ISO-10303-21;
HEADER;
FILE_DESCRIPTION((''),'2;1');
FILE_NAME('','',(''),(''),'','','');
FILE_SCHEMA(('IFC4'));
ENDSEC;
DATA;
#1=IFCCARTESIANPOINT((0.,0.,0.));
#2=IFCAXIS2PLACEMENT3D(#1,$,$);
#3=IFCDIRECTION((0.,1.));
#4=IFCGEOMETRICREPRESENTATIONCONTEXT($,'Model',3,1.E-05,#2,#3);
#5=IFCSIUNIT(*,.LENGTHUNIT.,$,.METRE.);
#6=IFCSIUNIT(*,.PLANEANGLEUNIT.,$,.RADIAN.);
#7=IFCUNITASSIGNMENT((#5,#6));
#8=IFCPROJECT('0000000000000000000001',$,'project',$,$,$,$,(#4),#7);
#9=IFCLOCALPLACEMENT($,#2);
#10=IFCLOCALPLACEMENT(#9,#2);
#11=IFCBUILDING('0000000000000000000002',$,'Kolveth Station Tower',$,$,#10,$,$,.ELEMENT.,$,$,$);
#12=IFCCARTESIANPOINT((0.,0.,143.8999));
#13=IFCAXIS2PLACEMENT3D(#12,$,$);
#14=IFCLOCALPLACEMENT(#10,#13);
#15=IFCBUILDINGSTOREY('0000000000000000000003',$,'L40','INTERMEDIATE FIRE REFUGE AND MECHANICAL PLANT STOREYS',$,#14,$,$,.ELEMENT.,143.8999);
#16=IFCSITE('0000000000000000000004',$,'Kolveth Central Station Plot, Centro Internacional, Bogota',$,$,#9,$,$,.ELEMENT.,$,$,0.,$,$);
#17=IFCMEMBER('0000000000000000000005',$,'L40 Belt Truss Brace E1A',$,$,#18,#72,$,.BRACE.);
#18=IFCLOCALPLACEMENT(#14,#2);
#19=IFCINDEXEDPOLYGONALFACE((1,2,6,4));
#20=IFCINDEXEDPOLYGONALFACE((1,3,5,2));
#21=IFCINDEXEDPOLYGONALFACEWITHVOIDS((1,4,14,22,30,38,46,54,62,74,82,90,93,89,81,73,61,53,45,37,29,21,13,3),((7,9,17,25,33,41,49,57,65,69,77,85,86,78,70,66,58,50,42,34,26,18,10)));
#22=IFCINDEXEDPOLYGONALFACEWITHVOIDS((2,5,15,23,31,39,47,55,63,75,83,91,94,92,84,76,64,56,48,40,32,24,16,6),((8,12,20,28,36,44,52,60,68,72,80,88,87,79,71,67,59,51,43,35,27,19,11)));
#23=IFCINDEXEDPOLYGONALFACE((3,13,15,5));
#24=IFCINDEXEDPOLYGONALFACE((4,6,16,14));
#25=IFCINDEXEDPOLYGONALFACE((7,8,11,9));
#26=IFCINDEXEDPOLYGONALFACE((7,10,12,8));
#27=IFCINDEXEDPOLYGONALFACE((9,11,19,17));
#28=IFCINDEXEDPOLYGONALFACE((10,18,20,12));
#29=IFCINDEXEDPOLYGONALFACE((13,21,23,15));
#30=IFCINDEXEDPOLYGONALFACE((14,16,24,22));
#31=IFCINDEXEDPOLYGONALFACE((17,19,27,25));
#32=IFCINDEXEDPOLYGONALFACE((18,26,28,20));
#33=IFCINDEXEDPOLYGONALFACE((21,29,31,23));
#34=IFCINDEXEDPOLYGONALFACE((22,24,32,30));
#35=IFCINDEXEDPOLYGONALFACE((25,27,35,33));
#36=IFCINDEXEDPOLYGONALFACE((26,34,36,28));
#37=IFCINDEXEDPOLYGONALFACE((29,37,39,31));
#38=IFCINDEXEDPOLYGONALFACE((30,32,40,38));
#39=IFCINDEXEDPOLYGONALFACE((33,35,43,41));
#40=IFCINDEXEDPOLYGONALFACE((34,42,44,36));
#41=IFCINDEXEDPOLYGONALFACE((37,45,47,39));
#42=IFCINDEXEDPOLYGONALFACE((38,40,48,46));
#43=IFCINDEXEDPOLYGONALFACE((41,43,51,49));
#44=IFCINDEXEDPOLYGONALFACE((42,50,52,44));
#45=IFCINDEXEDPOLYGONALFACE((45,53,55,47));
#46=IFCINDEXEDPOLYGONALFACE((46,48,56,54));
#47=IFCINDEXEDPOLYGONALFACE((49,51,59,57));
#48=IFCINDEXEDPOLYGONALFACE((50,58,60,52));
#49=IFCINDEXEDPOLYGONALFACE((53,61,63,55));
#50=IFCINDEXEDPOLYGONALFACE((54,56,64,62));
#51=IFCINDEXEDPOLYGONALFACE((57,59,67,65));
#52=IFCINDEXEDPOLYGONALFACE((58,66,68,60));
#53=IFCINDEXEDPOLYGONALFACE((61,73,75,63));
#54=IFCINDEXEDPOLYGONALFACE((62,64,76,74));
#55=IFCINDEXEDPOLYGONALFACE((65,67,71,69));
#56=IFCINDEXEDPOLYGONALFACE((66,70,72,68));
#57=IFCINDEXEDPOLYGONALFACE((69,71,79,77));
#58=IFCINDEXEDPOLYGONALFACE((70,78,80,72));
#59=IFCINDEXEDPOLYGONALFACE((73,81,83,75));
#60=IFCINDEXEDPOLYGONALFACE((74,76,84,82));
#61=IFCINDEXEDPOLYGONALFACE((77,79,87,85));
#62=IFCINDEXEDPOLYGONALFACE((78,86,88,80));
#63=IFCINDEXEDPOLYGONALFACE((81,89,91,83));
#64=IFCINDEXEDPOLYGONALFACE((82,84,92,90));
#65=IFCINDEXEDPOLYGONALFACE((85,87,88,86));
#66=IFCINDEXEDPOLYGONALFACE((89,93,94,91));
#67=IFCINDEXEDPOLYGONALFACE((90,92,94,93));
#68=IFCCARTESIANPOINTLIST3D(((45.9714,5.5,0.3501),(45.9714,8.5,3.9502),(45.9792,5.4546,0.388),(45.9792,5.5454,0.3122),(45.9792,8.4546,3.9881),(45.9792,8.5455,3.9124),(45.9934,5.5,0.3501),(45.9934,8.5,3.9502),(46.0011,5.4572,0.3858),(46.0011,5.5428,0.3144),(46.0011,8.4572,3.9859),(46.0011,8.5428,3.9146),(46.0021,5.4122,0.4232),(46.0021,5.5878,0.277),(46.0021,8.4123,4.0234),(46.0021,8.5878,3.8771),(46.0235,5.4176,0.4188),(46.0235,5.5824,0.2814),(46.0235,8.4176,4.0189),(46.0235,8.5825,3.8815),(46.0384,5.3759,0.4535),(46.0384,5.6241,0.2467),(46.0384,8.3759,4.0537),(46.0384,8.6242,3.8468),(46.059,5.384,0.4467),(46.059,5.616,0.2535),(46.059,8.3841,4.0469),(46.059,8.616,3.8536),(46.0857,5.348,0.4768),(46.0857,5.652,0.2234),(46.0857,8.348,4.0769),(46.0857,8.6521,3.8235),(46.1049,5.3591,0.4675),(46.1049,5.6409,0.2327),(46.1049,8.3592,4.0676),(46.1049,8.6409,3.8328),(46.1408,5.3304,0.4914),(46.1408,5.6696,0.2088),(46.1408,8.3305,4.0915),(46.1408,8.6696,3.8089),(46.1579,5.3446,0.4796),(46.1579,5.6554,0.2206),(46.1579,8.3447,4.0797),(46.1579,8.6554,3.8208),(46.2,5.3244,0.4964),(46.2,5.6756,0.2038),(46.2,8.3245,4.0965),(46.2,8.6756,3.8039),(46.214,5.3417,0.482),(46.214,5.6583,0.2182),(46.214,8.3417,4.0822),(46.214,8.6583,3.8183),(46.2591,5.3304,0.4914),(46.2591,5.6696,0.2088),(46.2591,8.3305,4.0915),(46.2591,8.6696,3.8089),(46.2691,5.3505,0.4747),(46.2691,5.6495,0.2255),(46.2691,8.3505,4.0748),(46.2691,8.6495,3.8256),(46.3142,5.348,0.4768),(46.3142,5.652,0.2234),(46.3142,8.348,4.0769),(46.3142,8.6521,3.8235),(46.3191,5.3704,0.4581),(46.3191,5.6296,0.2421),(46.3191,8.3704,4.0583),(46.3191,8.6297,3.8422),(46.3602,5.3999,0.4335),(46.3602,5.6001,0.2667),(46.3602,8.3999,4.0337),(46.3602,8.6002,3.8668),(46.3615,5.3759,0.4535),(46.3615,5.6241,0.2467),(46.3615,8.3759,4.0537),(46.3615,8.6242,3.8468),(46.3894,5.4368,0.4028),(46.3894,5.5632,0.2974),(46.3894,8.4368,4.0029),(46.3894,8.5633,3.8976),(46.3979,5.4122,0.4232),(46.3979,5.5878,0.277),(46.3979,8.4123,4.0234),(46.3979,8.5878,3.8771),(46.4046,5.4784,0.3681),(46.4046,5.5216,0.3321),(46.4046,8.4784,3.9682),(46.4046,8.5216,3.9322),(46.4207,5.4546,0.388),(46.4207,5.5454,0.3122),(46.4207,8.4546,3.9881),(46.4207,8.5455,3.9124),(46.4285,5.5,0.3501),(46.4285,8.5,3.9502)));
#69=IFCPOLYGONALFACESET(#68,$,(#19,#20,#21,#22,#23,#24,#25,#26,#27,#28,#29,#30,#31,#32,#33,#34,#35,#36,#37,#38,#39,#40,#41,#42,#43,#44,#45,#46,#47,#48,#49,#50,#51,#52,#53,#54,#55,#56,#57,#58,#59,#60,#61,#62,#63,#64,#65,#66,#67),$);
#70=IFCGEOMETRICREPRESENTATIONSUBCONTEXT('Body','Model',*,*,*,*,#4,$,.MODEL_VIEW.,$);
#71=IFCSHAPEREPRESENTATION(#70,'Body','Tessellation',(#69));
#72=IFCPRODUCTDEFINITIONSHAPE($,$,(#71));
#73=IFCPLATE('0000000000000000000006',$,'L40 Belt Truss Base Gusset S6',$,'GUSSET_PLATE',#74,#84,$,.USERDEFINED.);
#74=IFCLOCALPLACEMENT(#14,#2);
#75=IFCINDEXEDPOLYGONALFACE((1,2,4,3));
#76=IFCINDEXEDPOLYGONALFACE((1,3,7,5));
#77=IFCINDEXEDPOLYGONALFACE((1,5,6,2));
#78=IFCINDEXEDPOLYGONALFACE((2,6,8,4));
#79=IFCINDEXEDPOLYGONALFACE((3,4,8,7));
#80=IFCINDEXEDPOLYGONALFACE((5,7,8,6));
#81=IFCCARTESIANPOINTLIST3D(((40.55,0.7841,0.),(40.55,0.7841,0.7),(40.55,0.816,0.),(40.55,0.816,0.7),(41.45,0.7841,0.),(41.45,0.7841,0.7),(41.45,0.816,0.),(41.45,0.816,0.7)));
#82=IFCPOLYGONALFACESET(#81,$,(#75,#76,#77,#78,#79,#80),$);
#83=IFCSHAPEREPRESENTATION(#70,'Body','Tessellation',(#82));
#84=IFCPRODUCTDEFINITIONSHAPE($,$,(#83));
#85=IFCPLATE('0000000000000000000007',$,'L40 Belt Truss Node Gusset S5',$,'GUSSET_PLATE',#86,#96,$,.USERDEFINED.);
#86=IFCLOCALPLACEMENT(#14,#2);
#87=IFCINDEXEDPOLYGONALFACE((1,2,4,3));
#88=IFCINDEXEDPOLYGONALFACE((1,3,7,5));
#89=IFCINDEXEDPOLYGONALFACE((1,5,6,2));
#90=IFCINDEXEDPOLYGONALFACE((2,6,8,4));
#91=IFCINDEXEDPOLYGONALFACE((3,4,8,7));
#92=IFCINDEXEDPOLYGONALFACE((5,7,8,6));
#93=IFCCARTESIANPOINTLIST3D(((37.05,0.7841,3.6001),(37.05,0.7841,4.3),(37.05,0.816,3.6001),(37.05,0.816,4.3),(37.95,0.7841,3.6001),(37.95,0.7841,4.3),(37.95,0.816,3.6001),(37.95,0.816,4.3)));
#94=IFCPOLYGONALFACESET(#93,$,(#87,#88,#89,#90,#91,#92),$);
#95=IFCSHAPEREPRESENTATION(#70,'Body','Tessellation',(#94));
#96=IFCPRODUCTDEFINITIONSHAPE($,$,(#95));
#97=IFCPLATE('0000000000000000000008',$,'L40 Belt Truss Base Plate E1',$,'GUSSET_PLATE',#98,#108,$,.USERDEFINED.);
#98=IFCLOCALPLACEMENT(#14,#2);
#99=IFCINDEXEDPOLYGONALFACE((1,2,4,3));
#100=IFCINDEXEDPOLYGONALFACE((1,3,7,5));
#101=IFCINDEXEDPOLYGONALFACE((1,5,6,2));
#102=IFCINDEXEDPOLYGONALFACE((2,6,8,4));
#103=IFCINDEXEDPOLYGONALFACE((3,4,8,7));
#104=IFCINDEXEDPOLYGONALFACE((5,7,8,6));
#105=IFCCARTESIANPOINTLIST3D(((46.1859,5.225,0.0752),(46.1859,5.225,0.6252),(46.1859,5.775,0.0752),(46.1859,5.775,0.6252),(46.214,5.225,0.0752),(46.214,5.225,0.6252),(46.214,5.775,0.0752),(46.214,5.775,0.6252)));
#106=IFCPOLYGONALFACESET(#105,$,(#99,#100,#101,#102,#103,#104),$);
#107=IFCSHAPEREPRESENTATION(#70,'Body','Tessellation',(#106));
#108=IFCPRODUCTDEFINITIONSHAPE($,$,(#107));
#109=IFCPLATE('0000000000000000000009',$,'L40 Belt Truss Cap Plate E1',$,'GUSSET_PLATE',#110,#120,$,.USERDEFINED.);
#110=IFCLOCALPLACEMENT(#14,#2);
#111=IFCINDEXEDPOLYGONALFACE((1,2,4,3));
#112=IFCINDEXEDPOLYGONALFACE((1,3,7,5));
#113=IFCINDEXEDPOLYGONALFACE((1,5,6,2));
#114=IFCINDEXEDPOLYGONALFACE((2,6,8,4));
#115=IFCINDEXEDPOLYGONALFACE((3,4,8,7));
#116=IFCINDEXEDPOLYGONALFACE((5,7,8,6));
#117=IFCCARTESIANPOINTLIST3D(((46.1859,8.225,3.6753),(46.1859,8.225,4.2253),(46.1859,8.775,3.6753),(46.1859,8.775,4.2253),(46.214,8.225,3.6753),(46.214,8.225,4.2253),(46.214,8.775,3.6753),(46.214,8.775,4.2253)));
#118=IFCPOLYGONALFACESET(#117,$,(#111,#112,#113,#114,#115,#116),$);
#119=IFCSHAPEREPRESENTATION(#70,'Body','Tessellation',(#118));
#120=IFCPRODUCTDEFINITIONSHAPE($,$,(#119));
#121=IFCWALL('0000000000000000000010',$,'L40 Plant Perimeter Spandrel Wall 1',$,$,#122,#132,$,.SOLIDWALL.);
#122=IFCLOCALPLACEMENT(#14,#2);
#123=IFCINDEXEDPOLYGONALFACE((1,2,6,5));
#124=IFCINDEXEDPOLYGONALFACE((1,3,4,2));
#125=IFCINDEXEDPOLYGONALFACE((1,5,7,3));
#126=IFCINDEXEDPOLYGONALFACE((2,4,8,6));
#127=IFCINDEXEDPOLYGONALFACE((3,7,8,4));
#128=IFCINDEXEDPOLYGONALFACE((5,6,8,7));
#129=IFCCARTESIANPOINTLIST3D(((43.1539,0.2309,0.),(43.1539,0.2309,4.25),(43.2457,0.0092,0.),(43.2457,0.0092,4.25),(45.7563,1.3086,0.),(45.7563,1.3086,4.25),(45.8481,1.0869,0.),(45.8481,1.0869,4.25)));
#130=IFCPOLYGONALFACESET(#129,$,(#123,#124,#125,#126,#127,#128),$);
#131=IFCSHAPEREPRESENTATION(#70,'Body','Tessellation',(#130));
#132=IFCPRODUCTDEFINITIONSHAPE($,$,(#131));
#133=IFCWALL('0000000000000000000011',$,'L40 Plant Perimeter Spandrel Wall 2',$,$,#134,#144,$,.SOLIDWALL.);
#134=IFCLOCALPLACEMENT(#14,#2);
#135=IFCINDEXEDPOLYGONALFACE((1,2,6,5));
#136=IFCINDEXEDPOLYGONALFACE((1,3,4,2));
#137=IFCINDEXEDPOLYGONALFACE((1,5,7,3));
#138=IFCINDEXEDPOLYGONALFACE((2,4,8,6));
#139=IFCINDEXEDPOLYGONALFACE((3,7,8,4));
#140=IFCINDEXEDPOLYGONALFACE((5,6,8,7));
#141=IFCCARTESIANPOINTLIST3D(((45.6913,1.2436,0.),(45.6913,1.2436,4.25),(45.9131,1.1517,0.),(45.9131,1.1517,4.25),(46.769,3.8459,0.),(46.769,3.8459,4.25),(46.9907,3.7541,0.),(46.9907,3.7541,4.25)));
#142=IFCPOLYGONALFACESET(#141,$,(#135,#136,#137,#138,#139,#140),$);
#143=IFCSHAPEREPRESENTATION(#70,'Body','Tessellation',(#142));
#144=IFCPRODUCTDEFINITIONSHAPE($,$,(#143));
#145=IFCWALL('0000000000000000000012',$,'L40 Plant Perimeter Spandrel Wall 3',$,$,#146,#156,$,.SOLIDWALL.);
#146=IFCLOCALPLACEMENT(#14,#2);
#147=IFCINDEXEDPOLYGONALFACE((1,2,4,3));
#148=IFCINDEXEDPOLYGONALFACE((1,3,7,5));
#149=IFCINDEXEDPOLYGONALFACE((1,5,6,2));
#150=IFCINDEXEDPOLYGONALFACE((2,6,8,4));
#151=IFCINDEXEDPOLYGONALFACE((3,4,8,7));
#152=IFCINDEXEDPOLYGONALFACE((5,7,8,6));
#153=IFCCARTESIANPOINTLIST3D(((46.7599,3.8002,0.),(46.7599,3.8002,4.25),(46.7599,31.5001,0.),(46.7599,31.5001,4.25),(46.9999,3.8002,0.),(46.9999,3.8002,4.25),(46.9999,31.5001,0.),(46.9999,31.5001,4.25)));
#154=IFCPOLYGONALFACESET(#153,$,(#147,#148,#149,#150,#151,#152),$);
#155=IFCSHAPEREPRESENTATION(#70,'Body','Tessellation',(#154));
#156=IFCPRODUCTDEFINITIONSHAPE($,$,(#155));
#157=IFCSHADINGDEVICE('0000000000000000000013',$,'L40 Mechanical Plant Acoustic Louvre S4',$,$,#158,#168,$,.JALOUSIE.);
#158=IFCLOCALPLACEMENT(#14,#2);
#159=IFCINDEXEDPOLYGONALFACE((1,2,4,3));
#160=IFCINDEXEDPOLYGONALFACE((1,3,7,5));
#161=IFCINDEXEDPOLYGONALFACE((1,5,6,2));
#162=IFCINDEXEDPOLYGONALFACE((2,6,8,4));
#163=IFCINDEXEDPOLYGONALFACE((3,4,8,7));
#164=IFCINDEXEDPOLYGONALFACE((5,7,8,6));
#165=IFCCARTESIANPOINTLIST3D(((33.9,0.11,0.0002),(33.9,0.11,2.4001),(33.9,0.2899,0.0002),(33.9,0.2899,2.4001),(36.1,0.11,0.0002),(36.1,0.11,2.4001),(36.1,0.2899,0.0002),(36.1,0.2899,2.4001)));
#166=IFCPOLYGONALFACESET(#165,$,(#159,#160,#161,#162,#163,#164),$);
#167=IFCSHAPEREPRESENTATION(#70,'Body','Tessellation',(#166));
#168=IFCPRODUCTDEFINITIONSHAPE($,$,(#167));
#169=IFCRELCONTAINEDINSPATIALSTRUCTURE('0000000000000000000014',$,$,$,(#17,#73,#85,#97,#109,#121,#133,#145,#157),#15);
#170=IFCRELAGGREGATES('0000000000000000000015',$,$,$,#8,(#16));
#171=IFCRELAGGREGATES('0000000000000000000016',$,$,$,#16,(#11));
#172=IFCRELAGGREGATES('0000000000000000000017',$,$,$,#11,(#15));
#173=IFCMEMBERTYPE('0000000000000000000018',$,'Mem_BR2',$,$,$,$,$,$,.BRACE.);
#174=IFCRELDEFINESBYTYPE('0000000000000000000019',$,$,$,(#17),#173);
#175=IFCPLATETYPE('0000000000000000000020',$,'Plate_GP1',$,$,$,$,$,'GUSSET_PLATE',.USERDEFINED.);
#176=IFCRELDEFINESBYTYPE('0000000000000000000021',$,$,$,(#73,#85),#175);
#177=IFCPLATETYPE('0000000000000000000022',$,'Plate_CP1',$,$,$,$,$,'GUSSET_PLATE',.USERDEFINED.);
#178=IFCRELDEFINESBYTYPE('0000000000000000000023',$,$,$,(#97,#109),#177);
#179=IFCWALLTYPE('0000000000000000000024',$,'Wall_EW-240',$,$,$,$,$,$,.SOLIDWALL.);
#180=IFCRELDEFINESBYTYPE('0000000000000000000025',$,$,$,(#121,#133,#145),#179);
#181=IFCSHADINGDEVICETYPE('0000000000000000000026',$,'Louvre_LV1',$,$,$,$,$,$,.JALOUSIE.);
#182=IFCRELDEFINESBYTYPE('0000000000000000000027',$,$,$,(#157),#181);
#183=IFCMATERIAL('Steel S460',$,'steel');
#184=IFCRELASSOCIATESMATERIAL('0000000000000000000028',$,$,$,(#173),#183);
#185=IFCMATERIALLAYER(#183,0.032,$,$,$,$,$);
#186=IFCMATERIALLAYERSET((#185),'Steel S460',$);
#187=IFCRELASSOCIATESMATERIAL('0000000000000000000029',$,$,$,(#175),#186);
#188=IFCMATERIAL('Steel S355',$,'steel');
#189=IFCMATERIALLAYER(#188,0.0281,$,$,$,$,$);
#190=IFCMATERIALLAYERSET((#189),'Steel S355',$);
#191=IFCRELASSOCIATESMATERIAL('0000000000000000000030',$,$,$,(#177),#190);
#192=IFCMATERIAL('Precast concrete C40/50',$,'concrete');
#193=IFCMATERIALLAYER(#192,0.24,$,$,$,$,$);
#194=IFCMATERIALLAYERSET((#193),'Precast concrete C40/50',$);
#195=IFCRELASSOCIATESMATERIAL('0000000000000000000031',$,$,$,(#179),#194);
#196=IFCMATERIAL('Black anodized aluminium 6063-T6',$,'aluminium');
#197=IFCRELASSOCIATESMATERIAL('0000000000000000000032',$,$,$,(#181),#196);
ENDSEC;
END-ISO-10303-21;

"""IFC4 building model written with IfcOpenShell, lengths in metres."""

from ifc_helpers import new_model, si_unit, direction, frame, frame_2d, origin, origin_2d, place, context, subcontext, project, spatial, rectangle, hollow_circle, extrude, source, transform, mapped, material, layer, layer_set, material_profile, profile_set, type_object, element, save


model = new_model("IFC4")

# Units and contexts
model_context = context("Model", 3, precision=1e-05, world=origin(), true_north=direction((0.0, 1.0)))
body_context = subcontext(model_context, "Body", "Model", "MODEL_VIEW")
ifc_project = project(units=[si_unit("LENGTHUNIT", "METRE"), si_unit("PLANEANGLEUNIT", "RADIAN")], contexts=[model_context])

# Site, building, storey
site_placement = place(None, origin())
site = spatial("IfcSite", under=ifc_project, at=site_placement, Name="Kolveth Central Station Plot, Centro Internacional, Bogota", CompositionType="ELEMENT", RefElevation=0.0)
building_placement = place(site_placement, origin())
building = spatial("IfcBuilding", under=site, at=building_placement, Name="Kolveth Station Tower", CompositionType="ELEMENT")
storey_placement = place(building_placement, frame((0.0, 0.0, 143.8999)))
storey = spatial("IfcBuildingStorey", under=building, at=storey_placement, Name="L40", Description="INTERMEDIATE FIRE REFUGE AND MECHANICAL PLANT STOREYS", CompositionType="ELEMENT", Elevation=143.8999)

# Shared definitions
ifc_material_1 = material(Name="Steel S460", Category="steel")

# Shared definitions
ifc_material_2 = material(Name="Steel S355", Category="steel")

# Member
ifc_material_profile_1 = material_profile(ifc_material_1, hollow_circle(Radius=0.2285, WallThickness=0.022, at=origin_2d()), Name="CHS457x22")
ifc_profile_set_1 = profile_set([ifc_material_profile_1], Name="Steel S460")
member_type = type_object("IfcMemberType", Name="Mem_BR2", PredefinedType="BRACE", material=ifc_profile_set_1)
shared_shape_1 = source(origin(), body_context, "Body", "SweptSolid", [
    extrude(hollow_circle(Radius=0.2285, WallThickness=0.022, at=origin_2d()), origin(), (0.0, 0.0, 1.0), 4.6863),
])
member_1_placement = place(storey_placement, frame((46.2, 5.5, 0.3501), z_axis=(0.0, 0.640174, 0.76823), x_axis=(-1.0, 0.0, 0.0)))
element("IfcMember", 1, at=member_1_placement, inside=storey, type_object=member_type, Name="L40 Belt Truss Brace E1A", PredefinedType="BRACE", context=body_context, shape_type="MappedRepresentation", body=[
    mapped(shared_shape_1, transform((0.0, 0.0, 0.0), x_axis=(1.0, 0.0, 0.0), y_axis=(0.0, 1.0, 0.0), z_axis=(0.0, 0.0, 1.0), scale=1.0)),
])

# Plates
ifc_layer_1 = layer(ifc_material_1, 0.032)
ifc_layer_set_1 = layer_set([ifc_layer_1], Name="Steel S460")
plate_type_1 = type_object("IfcPlateType", Name="Plate_GP1", ElementType="GUSSET_PLATE", PredefinedType="USERDEFINED", material=ifc_layer_set_1)
shared_shape_2 = source(origin(), body_context, "Body", "SweptSolid", [
    extrude(rectangle(XDim=0.8999, YDim=0.032, at=origin_2d()), origin(), (0.0, 0.0, 1.0), 0.7),
])
for number, where, z_axis, x_axis, name in (
    (2, (41.0, 0.8, 0.0), (0.0, 0.0, 1.0), (1.0, 0.0, 0.0), "L40 Belt Truss Base Gusset S6"),
    (3, (37.5, 0.8, 3.6001), (0.0, 0.0, 1.0), (1.0, 0.0, 0.0), "L40 Belt Truss Node Gusset S5"),
):
    element("IfcPlate", number, at=place(storey_placement, frame(where, z_axis=z_axis, x_axis=x_axis)), inside=storey, type_object=plate_type_1, Name=name, ObjectType="GUSSET_PLATE", PredefinedType="USERDEFINED", context=body_context, shape_type="MappedRepresentation", body=[
        mapped(shared_shape_2, transform((0.0, 0.0, 0.0), x_axis=(1.0, 0.0, 0.0), y_axis=(0.0, 1.0, 0.0), z_axis=(0.0, 0.0, 1.0), scale=1.0)),
    ])
ifc_layer_2 = layer(ifc_material_2, 0.0281)
ifc_layer_set_2 = layer_set([ifc_layer_2], Name="Steel S355")
plate_type_2 = type_object("IfcPlateType", Name="Plate_CP1", ElementType="GUSSET_PLATE", PredefinedType="USERDEFINED", material=ifc_layer_set_2)
shared_shape_3 = source(origin(), body_context, "Body", "SweptSolid", [
    extrude(rectangle(XDim=0.0281, YDim=0.55, at=origin_2d()), origin(), (0.0, 0.0, 1.0), 0.55),
])
for number, where, z_axis, x_axis, name in (
    (4, (46.2, 5.5, 0.0752), (0.0, 0.0, 1.0), (1.0, 0.0, 0.0), "L40 Belt Truss Base Plate E1"),
    (5, (46.2, 8.5, 3.6753), (0.0, 0.0, 1.0), (1.0, 0.0, 0.0), "L40 Belt Truss Cap Plate E1"),
):
    element("IfcPlate", number, at=place(storey_placement, frame(where, z_axis=z_axis, x_axis=x_axis)), inside=storey, type_object=plate_type_2, Name=name, ObjectType="GUSSET_PLATE", PredefinedType="USERDEFINED", context=body_context, shape_type="MappedRepresentation", body=[
        mapped(shared_shape_3, transform((0.0, 0.0, 0.0), x_axis=(1.0, 0.0, 0.0), y_axis=(0.0, 1.0, 0.0), z_axis=(0.0, 0.0, 1.0), scale=1.0)),
    ])

# Walls
ifc_material_3 = material(Name="Precast concrete C40/50", Category="concrete")
ifc_layer_3 = layer(ifc_material_3, 0.24)
ifc_layer_set_3 = layer_set([ifc_layer_3], Name="Precast concrete C40/50")
wall_type = type_object("IfcWallType", Name="Wall_EW-240", PredefinedType="SOLIDWALL", material=ifc_layer_set_3)
for number, where, z_axis, x_axis, name in (
    (6, (43.2, 0.1201, 0.0), (0.0, 0.0, 1.0), (0.923913, 0.382602, 0.0), "L40 Plant Perimeter Spandrel Wall 1"),
    (7, (45.8022, 1.1978, 0.0), (0.0, 0.0, 1.0), (0.382602, 0.923913, 0.0), "L40 Plant Perimeter Spandrel Wall 2"),
):
    element("IfcWall", number, at=place(storey_placement, frame(where, z_axis=z_axis, x_axis=x_axis)), inside=storey, type_object=wall_type, Name=name, PredefinedType="SOLIDWALL", context=body_context, shape_type="SweptSolid", body=[
        extrude(rectangle(XDim=2.8167, YDim=0.24, at=frame_2d((1.4082, 0.0))), origin(), (0.0, 0.0, 1.0), 4.25),
    ])
wall_placement = place(storey_placement, frame((46.8799, 3.8, 0.0), z_axis=(0.0, 0.0, 1.0), x_axis=(0.0, 1.0, 0.0)))
element("IfcWall", 8, at=wall_placement, inside=storey, type_object=wall_type, Name="L40 Plant Perimeter Spandrel Wall 3", PredefinedType="SOLIDWALL", context=body_context, shape_type="SweptSolid", body=[
    extrude(rectangle(XDim=27.7, YDim=0.24, at=frame_2d((13.8501, 0.0))), origin(), (0.0, 0.0, 1.0), 4.25),
])

# Shading device
ifc_material_4 = material(Name="Black anodized aluminium 6063-T6", Category="aluminium")
shading_device_type = type_object("IfcShadingDeviceType", Name="Louvre_LV1", PredefinedType="JALOUSIE", material=ifc_material_4)
shared_shape_4 = source(origin(), body_context, "Body", "SweptSolid", [
    extrude(rectangle(XDim=2.2, YDim=0.1799, at=origin_2d()), origin(), (0.0, 0.0, 1.0), 2.3999),
])
shading_device_placement = place(storey_placement, frame((35.0, 0.2, 0.0002), z_axis=(0.0, 0.0, 1.0), x_axis=(1.0, 0.0, 0.0)))
element("IfcShadingDevice", 9, at=shading_device_placement, inside=storey, type_object=shading_device_type, Name="L40 Mechanical Plant Acoustic Louvre S4", PredefinedType="JALOUSIE", context=body_context, shape_type="MappedRepresentation", body=[
    mapped(shared_shape_4, transform((0.0, 0.0, 0.0), x_axis=(1.0, 0.0, 0.0), y_axis=(0.0, 1.0, 0.0), z_axis=(0.0, 0.0, 1.0), scale=1.0)),
])

save(model, "model.ifc")
